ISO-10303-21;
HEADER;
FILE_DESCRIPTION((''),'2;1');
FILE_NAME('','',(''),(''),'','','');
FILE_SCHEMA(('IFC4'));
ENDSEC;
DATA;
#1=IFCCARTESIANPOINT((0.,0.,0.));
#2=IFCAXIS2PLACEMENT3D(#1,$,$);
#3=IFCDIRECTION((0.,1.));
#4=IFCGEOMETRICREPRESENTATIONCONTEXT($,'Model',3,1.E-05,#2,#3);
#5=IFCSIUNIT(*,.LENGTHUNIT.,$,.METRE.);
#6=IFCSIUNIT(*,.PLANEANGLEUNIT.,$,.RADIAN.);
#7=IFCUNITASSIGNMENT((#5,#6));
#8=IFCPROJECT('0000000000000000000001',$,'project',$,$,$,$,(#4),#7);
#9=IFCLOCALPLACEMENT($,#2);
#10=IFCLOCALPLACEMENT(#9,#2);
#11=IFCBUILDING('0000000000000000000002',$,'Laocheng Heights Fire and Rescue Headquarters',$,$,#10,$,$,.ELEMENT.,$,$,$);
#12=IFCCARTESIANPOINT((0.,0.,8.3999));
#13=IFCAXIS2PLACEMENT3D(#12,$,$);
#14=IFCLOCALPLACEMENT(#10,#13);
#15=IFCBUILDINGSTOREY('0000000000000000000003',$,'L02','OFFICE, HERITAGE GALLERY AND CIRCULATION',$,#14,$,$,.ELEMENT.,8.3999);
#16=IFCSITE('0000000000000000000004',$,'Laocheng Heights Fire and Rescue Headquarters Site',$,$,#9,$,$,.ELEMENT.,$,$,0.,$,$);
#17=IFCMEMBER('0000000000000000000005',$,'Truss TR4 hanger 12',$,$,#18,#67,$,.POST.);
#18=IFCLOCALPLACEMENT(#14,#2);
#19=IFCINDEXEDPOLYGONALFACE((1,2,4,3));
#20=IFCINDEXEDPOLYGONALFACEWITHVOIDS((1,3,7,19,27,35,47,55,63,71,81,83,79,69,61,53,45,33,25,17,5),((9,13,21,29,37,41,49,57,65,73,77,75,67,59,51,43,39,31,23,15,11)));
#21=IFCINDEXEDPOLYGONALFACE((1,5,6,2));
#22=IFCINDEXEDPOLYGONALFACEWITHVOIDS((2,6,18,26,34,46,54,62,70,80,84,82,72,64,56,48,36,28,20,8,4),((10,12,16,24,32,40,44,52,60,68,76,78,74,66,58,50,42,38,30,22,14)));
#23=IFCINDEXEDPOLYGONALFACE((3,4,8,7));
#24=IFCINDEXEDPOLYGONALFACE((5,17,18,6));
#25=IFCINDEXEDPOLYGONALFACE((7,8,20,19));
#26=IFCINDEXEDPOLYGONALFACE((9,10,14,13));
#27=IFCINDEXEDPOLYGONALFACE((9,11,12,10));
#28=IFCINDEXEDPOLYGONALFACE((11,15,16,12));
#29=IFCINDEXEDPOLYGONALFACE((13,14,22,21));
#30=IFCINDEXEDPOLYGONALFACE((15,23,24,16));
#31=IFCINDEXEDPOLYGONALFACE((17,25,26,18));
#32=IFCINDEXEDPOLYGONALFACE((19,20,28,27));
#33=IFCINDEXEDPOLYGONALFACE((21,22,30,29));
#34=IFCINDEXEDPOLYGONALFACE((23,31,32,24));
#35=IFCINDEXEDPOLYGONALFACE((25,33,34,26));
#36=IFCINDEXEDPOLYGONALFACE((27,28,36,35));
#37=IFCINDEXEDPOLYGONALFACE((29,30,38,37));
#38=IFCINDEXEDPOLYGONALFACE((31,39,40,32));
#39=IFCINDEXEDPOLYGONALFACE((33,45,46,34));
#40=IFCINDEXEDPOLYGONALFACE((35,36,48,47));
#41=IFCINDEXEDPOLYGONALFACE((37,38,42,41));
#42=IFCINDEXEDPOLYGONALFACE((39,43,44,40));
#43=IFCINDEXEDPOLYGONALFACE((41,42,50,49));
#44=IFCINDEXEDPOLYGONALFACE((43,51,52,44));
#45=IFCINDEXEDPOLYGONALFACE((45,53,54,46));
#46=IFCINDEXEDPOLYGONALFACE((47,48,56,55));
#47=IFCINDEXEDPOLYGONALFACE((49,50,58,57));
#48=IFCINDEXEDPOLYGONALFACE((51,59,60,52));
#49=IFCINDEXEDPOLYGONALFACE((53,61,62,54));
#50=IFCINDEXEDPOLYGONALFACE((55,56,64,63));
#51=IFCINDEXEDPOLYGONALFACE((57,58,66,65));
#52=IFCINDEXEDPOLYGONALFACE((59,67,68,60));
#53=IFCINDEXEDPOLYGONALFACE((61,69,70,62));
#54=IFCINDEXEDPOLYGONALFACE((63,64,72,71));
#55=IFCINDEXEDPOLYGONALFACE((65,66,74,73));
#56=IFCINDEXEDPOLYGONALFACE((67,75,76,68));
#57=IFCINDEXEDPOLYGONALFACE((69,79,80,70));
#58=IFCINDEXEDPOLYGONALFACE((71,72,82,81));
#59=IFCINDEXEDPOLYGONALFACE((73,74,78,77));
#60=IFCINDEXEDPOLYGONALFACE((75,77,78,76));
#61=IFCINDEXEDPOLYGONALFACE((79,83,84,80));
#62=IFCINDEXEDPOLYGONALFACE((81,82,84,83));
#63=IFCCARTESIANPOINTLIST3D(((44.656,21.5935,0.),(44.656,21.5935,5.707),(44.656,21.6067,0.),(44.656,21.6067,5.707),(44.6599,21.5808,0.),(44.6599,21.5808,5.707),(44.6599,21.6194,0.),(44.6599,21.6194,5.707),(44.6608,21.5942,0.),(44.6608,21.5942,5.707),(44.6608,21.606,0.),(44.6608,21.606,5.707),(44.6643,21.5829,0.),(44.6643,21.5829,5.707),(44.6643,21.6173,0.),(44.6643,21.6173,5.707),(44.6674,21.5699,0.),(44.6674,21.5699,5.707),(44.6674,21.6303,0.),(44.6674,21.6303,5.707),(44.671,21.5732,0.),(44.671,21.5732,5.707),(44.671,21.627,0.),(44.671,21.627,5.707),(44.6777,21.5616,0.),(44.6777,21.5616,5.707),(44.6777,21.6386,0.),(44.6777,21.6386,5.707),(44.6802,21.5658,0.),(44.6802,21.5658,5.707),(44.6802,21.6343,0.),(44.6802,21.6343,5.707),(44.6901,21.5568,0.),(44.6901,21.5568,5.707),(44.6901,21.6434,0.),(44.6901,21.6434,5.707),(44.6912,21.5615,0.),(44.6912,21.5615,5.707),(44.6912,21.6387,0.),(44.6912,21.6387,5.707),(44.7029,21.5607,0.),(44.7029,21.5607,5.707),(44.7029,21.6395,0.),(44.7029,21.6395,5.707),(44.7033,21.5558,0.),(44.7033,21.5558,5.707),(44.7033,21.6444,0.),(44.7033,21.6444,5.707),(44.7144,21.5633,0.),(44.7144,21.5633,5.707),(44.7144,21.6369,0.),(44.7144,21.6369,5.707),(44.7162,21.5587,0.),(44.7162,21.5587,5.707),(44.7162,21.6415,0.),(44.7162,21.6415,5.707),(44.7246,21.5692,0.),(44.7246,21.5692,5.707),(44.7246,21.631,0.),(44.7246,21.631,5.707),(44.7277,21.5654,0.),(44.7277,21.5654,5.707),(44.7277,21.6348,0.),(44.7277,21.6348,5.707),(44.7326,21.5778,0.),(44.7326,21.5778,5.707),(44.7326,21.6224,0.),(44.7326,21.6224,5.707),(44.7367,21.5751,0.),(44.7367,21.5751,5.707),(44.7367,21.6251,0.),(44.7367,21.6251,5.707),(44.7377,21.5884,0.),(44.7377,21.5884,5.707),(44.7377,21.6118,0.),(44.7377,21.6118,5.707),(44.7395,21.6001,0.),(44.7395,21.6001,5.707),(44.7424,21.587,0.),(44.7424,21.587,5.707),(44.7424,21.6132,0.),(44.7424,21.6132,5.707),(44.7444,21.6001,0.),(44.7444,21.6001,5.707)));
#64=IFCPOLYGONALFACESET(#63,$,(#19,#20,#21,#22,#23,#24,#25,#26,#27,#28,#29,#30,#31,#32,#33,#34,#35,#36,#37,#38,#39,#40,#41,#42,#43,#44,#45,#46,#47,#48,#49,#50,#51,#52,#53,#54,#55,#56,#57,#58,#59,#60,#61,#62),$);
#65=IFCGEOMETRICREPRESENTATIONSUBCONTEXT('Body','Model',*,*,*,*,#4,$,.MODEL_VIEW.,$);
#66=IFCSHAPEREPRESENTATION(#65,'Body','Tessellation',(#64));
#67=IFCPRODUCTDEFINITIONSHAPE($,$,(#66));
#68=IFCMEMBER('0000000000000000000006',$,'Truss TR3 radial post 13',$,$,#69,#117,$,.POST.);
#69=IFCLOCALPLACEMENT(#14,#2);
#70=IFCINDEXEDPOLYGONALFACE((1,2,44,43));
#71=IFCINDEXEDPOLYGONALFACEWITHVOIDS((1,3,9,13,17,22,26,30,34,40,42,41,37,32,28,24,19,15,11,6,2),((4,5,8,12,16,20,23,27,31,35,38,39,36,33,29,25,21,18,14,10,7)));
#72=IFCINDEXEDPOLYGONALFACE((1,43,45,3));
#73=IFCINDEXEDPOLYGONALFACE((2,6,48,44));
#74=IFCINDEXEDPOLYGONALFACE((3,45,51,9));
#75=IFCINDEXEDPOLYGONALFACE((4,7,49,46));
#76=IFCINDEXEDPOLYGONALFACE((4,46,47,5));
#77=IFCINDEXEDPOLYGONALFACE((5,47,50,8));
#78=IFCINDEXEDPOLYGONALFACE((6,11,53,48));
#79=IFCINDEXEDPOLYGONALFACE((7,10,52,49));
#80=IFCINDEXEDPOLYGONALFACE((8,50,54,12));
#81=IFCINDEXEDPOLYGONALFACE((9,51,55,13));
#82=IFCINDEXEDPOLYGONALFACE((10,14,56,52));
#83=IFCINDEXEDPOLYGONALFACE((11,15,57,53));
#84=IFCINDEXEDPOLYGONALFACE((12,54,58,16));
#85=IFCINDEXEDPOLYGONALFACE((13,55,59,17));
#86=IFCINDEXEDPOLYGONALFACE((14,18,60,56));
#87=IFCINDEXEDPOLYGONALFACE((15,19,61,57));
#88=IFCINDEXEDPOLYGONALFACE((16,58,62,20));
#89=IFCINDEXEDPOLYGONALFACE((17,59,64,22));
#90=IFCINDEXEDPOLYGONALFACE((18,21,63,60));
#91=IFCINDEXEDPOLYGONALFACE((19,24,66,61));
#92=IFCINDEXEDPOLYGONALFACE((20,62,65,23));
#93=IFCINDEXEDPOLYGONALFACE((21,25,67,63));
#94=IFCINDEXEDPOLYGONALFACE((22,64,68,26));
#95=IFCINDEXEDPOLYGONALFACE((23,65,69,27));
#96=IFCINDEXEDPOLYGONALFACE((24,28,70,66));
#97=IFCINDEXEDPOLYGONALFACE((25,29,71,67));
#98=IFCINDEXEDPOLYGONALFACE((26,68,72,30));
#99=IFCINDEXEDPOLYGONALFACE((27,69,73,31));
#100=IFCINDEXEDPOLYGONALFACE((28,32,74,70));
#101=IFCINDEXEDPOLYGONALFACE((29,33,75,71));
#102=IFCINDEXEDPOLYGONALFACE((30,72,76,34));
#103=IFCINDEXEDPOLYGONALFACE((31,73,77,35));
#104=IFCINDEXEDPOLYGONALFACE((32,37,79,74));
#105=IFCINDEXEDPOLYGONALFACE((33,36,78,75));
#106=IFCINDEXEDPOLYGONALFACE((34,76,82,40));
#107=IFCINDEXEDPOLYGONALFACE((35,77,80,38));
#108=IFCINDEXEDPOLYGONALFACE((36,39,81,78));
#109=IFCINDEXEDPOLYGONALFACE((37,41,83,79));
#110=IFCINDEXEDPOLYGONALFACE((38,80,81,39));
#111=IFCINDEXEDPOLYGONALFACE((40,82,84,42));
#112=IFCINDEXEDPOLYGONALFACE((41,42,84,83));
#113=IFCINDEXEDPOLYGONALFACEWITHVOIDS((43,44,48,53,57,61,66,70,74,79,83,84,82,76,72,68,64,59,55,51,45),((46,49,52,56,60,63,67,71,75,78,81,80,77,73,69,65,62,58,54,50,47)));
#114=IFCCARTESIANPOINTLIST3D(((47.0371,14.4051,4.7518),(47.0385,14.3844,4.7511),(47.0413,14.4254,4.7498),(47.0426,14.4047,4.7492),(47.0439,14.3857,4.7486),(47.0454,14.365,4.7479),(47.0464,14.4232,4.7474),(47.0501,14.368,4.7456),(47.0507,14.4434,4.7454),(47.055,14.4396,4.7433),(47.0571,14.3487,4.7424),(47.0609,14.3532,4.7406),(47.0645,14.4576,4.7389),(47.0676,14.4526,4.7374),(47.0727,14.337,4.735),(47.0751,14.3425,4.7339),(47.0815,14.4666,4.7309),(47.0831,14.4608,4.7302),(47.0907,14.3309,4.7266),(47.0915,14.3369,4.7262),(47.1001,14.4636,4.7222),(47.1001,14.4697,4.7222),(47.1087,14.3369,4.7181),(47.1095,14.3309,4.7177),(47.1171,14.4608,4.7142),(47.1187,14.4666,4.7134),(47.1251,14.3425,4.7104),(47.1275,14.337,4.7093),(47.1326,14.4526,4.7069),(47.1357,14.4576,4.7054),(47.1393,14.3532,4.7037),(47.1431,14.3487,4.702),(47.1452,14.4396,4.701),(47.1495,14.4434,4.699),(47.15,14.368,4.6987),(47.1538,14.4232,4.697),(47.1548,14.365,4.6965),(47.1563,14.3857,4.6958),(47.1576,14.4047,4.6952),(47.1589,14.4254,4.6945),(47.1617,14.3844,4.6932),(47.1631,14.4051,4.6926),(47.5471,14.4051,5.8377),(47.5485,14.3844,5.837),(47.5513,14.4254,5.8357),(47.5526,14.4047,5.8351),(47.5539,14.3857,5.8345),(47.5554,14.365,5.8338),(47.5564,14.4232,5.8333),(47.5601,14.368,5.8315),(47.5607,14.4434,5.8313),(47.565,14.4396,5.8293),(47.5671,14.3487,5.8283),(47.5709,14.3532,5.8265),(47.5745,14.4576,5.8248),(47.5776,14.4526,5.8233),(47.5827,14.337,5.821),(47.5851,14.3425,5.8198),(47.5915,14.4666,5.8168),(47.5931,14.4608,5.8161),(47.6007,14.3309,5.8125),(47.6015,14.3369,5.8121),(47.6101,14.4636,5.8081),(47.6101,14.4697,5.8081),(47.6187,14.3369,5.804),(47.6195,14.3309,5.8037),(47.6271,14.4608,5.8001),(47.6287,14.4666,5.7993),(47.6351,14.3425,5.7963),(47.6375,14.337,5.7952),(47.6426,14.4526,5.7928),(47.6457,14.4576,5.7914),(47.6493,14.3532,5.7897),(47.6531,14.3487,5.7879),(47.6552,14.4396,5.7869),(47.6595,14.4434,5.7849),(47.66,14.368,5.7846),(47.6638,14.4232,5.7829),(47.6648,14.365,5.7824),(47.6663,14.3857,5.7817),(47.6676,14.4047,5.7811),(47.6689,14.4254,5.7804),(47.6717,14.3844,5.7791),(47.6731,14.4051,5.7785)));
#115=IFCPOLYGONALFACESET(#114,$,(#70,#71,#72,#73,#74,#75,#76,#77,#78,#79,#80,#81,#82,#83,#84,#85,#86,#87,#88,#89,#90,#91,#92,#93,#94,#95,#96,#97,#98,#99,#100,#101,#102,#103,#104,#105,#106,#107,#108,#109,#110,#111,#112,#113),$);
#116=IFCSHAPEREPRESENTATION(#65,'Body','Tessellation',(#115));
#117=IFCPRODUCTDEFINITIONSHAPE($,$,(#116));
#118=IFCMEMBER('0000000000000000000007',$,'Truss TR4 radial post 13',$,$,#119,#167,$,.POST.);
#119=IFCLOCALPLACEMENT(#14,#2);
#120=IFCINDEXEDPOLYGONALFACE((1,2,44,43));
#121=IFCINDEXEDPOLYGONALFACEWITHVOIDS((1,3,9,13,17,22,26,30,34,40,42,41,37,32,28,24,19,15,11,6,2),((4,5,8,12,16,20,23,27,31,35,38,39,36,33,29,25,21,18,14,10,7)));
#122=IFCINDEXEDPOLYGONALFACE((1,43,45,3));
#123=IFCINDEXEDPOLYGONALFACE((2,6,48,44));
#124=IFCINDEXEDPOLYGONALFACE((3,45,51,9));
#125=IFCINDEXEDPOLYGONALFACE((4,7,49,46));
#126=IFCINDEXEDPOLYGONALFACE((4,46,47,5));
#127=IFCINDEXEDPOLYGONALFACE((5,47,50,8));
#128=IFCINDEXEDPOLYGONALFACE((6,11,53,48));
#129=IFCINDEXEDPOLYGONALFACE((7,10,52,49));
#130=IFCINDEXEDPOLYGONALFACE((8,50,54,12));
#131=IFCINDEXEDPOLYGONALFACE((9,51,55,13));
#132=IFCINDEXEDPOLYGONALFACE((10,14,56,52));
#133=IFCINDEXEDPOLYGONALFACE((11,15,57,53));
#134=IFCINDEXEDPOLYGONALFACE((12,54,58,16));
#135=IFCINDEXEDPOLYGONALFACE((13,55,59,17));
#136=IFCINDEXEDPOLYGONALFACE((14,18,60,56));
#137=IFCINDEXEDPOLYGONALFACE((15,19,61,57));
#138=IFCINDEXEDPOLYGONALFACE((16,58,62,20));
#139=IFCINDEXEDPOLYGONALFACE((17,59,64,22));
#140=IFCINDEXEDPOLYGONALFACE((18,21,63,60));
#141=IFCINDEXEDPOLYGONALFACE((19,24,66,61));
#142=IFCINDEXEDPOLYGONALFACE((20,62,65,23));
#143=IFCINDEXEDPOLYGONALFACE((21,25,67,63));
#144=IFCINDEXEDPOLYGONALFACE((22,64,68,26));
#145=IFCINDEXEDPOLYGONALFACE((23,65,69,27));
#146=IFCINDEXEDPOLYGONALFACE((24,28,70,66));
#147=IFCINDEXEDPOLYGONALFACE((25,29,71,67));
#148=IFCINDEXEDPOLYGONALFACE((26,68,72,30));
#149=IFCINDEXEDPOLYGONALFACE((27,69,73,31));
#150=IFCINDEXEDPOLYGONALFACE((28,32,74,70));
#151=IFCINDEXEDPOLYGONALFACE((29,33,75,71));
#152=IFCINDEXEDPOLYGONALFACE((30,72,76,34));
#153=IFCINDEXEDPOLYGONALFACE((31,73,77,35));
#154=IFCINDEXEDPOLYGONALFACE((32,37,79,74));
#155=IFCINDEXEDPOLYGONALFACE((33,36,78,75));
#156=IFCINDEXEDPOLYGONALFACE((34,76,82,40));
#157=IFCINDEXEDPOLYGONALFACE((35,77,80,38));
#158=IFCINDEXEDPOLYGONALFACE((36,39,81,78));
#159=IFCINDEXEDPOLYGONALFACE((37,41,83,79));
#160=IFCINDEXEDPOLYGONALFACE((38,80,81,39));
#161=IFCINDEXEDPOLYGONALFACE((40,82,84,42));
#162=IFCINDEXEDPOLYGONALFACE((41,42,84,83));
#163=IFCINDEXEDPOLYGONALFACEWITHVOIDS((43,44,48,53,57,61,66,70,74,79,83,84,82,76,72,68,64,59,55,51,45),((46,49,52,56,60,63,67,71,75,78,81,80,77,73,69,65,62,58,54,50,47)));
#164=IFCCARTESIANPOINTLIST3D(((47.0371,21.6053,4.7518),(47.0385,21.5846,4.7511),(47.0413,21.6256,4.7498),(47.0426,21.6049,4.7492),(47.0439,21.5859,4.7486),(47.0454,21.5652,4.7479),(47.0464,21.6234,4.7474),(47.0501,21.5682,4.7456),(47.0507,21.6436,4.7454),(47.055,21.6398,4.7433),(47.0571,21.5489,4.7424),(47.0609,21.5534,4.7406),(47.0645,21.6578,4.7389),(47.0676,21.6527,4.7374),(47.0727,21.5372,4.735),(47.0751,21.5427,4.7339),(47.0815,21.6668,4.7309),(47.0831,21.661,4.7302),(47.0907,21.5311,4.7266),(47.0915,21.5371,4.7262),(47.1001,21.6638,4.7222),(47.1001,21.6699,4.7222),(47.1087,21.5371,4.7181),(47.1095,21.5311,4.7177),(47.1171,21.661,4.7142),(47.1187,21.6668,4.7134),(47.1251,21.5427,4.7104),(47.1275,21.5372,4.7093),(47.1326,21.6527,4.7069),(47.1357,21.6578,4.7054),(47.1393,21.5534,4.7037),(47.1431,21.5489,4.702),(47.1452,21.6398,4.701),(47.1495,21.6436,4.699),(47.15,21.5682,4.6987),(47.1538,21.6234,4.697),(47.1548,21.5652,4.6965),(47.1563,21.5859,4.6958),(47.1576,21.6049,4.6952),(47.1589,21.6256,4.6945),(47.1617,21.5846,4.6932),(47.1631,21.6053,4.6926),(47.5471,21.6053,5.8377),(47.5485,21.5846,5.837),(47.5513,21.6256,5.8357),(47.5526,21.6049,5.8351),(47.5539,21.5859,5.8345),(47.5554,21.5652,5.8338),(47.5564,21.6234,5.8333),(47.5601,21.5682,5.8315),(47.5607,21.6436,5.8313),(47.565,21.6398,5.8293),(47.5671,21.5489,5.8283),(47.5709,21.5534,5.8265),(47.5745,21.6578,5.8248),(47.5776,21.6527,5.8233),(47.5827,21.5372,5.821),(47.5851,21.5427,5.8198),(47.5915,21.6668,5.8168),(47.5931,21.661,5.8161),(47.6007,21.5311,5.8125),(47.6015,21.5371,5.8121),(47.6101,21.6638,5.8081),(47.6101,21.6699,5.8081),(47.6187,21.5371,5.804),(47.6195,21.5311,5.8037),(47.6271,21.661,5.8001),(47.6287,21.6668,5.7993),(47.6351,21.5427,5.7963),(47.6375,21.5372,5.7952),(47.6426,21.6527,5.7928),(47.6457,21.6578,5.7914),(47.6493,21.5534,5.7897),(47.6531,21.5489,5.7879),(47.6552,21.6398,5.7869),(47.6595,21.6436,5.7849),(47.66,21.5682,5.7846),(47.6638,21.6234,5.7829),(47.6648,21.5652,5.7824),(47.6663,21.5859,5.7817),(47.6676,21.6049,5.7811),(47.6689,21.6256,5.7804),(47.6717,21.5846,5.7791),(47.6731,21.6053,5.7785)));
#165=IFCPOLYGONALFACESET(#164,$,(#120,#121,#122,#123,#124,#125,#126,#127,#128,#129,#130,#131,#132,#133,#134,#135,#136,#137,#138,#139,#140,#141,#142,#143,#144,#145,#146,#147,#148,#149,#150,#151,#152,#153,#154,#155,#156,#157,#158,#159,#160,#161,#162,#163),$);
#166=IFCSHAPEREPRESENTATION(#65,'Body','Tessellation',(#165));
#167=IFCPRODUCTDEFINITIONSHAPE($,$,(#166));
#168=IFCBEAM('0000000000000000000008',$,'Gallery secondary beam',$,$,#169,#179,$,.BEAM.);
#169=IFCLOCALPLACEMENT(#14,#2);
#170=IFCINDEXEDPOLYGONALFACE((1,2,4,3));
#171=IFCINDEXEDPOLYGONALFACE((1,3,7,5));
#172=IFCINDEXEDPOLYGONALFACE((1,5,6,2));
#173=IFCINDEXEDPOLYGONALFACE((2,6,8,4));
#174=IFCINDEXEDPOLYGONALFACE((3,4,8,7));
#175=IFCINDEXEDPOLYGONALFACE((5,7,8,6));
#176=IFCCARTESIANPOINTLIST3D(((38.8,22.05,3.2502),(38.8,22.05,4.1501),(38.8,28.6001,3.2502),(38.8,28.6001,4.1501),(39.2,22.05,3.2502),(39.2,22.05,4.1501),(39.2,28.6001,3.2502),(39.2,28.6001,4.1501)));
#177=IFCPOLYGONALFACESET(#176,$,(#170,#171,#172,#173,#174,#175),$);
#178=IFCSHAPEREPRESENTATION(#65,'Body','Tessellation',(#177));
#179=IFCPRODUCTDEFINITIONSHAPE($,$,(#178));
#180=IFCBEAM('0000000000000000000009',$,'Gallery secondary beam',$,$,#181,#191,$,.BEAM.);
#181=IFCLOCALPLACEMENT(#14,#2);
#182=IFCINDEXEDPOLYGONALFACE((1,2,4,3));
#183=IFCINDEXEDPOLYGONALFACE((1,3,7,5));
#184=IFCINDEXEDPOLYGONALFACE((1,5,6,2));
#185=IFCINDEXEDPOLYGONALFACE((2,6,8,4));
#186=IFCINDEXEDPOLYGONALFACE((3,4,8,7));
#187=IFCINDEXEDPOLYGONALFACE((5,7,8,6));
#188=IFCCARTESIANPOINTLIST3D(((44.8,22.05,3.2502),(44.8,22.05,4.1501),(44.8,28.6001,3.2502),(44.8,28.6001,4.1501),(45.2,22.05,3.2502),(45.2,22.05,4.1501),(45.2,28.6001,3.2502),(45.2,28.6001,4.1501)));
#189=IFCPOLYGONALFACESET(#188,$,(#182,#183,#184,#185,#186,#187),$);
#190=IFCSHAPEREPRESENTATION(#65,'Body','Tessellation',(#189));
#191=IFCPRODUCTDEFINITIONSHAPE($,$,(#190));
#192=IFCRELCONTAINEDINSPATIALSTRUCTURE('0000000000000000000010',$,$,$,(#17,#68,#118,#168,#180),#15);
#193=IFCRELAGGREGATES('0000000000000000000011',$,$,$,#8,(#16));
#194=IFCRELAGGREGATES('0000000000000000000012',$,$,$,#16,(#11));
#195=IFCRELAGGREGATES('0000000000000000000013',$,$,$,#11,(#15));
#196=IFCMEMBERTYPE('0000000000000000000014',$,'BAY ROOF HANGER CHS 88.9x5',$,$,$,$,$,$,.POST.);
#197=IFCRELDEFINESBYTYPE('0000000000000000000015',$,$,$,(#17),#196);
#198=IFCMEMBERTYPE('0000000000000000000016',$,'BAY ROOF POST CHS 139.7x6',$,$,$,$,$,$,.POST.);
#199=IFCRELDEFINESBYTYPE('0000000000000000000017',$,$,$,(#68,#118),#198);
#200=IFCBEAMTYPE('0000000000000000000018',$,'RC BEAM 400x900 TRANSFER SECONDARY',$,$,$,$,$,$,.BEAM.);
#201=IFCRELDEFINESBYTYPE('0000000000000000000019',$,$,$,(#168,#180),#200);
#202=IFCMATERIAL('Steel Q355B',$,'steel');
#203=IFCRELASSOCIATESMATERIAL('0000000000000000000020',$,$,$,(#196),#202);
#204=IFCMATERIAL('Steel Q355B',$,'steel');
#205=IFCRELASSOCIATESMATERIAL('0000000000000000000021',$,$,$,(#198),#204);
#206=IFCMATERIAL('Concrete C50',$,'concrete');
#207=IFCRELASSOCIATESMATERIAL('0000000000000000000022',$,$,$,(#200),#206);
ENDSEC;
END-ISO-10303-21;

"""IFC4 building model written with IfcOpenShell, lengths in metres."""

from ifc_helpers import new_model, si_unit, direction, frame, origin, origin_2d, place, context, subcontext, project, spatial, rectangle, hollow_circle, extrude, material, material_profile, profile_set, type_object, element, save


model = new_model("IFC4")

# Units and contexts
model_context = context("Model", 3, precision=1e-05, world=origin(), true_north=direction((0.0, 1.0)))
body_context = subcontext(model_context, "Body", "Model", "MODEL_VIEW")
ifc_project = project(units=[si_unit("LENGTHUNIT", "METRE"), si_unit("PLANEANGLEUNIT", "RADIAN")], contexts=[model_context])

# Site, building, storey
site_placement = place(None, origin())
site = spatial("IfcSite", under=ifc_project, at=site_placement, Name="Laocheng Heights Fire and Rescue Headquarters Site", CompositionType="ELEMENT", RefElevation=0.0)
building_placement = place(site_placement, origin())
building = spatial("IfcBuilding", under=site, at=building_placement, Name="Laocheng Heights Fire and Rescue Headquarters", CompositionType="ELEMENT")
storey_placement = place(building_placement, frame((0.0, 0.0, 8.3999)))
storey = spatial("IfcBuildingStorey", under=building, at=storey_placement, Name="L02", Description="OFFICE, HERITAGE GALLERY AND CIRCULATION", CompositionType="ELEMENT", Elevation=8.3999)

# Members
ifc_material_1 = material(Name="Steel Q355B", Category="steel")
ifc_material_profile_1 = material_profile(ifc_material_1, hollow_circle(Radius=0.0444, WallThickness=0.0049, at=origin_2d()), Name="CHS 88.9x5")
ifc_profile_set_1 = profile_set([ifc_material_profile_1], Name="Steel Q355B")
member_type_1 = type_object("IfcMemberType", Name="BAY ROOF HANGER CHS 88.9x5", PredefinedType="POST", material=ifc_profile_set_1)
member_1_placement = place(storey_placement, frame((44.7, 21.6001, 0.0), z_axis=(0.0, 0.0, 1.0), x_axis=(1.0, 0.0, 0.0)))
element("IfcMember", 1, at=member_1_placement, inside=storey, type_object=member_type_1, Name="Truss TR4 hanger 12", PredefinedType="POST", context=body_context, shape_type="SweptSolid", body=[
    extrude(hollow_circle(Radius=0.0444, WallThickness=0.0049, at=origin_2d()), origin(), (0.0, 0.0, 1.0), 5.707),
])
ifc_material_2 = material(Name="Steel Q355B", Category="steel")
ifc_material_profile_2 = material_profile(ifc_material_2, hollow_circle(Radius=0.0698, WallThickness=0.0061, at=origin_2d()), Name="CHS 139.7x6")
ifc_profile_set_2 = profile_set([ifc_material_profile_2], Name="Steel Q355B")
member_type_2 = type_object("IfcMemberType", Name="BAY ROOF POST CHS 139.7x6", PredefinedType="POST", material=ifc_profile_set_2)
for number, where, z_axis, x_axis, name in (
    (2, (47.1001, 14.3999, 4.7222), (0.425101, 0.0, 0.905146), (0.0, 1.0, 0.0), "Truss TR3 radial post 13"),
    (3, (47.1001, 21.6001, 4.7222), (0.425101, 0.0, 0.905146), (0.0, 1.0, 0.0), "Truss TR4 radial post 13"),
):
    element("IfcMember", number, at=place(storey_placement, frame(where, z_axis=z_axis, x_axis=x_axis)), inside=storey, type_object=member_type_2, Name=name, PredefinedType="POST", context=body_context, shape_type="SweptSolid", body=[
        extrude(hollow_circle(Radius=0.0698, WallThickness=0.0061, at=origin_2d()), origin(), (0.0, 0.0, 1.0), 1.1997),
    ])

# Beams
ifc_material_3 = material(Name="Concrete C50", Category="concrete")
ifc_material_profile_3 = material_profile(ifc_material_3, rectangle(XDim=0.3999, YDim=0.8999, at=origin_2d()), Name="RC BEAM 400x900 TRANSFER SECONDARY")
ifc_profile_set_3 = profile_set([ifc_material_profile_3], Name="Concrete C50")
beam_type_1 = type_object("IfcBeamType", Name="RC BEAM 400x900 TRANSFER SECONDARY", PredefinedType="BEAM", material=ifc_profile_set_3)
for number, where, z_axis, x_axis, name in (
    (4, (39.0, 22.05, 3.7002), (0.0, 1.0, 0.0), (-1.0, 0.0, 0.0), "Gallery secondary beam"),
    (5, (45.0, 22.05, 3.7002), (0.0, 1.0, 0.0), (-1.0, 0.0, 0.0), "Gallery secondary beam"),
):
    element("IfcBeam", number, at=place(storey_placement, frame(where, z_axis=z_axis, x_axis=x_axis)), inside=storey, type_object=beam_type_1, Name=name, PredefinedType="BEAM", context=body_context, shape_type="SweptSolid", body=[
        extrude(rectangle(XDim=0.3999, YDim=0.8999, at=origin_2d()), origin(), (0.0, 0.0, 1.0), 6.55),
    ])

save(model, "model.ifc")
